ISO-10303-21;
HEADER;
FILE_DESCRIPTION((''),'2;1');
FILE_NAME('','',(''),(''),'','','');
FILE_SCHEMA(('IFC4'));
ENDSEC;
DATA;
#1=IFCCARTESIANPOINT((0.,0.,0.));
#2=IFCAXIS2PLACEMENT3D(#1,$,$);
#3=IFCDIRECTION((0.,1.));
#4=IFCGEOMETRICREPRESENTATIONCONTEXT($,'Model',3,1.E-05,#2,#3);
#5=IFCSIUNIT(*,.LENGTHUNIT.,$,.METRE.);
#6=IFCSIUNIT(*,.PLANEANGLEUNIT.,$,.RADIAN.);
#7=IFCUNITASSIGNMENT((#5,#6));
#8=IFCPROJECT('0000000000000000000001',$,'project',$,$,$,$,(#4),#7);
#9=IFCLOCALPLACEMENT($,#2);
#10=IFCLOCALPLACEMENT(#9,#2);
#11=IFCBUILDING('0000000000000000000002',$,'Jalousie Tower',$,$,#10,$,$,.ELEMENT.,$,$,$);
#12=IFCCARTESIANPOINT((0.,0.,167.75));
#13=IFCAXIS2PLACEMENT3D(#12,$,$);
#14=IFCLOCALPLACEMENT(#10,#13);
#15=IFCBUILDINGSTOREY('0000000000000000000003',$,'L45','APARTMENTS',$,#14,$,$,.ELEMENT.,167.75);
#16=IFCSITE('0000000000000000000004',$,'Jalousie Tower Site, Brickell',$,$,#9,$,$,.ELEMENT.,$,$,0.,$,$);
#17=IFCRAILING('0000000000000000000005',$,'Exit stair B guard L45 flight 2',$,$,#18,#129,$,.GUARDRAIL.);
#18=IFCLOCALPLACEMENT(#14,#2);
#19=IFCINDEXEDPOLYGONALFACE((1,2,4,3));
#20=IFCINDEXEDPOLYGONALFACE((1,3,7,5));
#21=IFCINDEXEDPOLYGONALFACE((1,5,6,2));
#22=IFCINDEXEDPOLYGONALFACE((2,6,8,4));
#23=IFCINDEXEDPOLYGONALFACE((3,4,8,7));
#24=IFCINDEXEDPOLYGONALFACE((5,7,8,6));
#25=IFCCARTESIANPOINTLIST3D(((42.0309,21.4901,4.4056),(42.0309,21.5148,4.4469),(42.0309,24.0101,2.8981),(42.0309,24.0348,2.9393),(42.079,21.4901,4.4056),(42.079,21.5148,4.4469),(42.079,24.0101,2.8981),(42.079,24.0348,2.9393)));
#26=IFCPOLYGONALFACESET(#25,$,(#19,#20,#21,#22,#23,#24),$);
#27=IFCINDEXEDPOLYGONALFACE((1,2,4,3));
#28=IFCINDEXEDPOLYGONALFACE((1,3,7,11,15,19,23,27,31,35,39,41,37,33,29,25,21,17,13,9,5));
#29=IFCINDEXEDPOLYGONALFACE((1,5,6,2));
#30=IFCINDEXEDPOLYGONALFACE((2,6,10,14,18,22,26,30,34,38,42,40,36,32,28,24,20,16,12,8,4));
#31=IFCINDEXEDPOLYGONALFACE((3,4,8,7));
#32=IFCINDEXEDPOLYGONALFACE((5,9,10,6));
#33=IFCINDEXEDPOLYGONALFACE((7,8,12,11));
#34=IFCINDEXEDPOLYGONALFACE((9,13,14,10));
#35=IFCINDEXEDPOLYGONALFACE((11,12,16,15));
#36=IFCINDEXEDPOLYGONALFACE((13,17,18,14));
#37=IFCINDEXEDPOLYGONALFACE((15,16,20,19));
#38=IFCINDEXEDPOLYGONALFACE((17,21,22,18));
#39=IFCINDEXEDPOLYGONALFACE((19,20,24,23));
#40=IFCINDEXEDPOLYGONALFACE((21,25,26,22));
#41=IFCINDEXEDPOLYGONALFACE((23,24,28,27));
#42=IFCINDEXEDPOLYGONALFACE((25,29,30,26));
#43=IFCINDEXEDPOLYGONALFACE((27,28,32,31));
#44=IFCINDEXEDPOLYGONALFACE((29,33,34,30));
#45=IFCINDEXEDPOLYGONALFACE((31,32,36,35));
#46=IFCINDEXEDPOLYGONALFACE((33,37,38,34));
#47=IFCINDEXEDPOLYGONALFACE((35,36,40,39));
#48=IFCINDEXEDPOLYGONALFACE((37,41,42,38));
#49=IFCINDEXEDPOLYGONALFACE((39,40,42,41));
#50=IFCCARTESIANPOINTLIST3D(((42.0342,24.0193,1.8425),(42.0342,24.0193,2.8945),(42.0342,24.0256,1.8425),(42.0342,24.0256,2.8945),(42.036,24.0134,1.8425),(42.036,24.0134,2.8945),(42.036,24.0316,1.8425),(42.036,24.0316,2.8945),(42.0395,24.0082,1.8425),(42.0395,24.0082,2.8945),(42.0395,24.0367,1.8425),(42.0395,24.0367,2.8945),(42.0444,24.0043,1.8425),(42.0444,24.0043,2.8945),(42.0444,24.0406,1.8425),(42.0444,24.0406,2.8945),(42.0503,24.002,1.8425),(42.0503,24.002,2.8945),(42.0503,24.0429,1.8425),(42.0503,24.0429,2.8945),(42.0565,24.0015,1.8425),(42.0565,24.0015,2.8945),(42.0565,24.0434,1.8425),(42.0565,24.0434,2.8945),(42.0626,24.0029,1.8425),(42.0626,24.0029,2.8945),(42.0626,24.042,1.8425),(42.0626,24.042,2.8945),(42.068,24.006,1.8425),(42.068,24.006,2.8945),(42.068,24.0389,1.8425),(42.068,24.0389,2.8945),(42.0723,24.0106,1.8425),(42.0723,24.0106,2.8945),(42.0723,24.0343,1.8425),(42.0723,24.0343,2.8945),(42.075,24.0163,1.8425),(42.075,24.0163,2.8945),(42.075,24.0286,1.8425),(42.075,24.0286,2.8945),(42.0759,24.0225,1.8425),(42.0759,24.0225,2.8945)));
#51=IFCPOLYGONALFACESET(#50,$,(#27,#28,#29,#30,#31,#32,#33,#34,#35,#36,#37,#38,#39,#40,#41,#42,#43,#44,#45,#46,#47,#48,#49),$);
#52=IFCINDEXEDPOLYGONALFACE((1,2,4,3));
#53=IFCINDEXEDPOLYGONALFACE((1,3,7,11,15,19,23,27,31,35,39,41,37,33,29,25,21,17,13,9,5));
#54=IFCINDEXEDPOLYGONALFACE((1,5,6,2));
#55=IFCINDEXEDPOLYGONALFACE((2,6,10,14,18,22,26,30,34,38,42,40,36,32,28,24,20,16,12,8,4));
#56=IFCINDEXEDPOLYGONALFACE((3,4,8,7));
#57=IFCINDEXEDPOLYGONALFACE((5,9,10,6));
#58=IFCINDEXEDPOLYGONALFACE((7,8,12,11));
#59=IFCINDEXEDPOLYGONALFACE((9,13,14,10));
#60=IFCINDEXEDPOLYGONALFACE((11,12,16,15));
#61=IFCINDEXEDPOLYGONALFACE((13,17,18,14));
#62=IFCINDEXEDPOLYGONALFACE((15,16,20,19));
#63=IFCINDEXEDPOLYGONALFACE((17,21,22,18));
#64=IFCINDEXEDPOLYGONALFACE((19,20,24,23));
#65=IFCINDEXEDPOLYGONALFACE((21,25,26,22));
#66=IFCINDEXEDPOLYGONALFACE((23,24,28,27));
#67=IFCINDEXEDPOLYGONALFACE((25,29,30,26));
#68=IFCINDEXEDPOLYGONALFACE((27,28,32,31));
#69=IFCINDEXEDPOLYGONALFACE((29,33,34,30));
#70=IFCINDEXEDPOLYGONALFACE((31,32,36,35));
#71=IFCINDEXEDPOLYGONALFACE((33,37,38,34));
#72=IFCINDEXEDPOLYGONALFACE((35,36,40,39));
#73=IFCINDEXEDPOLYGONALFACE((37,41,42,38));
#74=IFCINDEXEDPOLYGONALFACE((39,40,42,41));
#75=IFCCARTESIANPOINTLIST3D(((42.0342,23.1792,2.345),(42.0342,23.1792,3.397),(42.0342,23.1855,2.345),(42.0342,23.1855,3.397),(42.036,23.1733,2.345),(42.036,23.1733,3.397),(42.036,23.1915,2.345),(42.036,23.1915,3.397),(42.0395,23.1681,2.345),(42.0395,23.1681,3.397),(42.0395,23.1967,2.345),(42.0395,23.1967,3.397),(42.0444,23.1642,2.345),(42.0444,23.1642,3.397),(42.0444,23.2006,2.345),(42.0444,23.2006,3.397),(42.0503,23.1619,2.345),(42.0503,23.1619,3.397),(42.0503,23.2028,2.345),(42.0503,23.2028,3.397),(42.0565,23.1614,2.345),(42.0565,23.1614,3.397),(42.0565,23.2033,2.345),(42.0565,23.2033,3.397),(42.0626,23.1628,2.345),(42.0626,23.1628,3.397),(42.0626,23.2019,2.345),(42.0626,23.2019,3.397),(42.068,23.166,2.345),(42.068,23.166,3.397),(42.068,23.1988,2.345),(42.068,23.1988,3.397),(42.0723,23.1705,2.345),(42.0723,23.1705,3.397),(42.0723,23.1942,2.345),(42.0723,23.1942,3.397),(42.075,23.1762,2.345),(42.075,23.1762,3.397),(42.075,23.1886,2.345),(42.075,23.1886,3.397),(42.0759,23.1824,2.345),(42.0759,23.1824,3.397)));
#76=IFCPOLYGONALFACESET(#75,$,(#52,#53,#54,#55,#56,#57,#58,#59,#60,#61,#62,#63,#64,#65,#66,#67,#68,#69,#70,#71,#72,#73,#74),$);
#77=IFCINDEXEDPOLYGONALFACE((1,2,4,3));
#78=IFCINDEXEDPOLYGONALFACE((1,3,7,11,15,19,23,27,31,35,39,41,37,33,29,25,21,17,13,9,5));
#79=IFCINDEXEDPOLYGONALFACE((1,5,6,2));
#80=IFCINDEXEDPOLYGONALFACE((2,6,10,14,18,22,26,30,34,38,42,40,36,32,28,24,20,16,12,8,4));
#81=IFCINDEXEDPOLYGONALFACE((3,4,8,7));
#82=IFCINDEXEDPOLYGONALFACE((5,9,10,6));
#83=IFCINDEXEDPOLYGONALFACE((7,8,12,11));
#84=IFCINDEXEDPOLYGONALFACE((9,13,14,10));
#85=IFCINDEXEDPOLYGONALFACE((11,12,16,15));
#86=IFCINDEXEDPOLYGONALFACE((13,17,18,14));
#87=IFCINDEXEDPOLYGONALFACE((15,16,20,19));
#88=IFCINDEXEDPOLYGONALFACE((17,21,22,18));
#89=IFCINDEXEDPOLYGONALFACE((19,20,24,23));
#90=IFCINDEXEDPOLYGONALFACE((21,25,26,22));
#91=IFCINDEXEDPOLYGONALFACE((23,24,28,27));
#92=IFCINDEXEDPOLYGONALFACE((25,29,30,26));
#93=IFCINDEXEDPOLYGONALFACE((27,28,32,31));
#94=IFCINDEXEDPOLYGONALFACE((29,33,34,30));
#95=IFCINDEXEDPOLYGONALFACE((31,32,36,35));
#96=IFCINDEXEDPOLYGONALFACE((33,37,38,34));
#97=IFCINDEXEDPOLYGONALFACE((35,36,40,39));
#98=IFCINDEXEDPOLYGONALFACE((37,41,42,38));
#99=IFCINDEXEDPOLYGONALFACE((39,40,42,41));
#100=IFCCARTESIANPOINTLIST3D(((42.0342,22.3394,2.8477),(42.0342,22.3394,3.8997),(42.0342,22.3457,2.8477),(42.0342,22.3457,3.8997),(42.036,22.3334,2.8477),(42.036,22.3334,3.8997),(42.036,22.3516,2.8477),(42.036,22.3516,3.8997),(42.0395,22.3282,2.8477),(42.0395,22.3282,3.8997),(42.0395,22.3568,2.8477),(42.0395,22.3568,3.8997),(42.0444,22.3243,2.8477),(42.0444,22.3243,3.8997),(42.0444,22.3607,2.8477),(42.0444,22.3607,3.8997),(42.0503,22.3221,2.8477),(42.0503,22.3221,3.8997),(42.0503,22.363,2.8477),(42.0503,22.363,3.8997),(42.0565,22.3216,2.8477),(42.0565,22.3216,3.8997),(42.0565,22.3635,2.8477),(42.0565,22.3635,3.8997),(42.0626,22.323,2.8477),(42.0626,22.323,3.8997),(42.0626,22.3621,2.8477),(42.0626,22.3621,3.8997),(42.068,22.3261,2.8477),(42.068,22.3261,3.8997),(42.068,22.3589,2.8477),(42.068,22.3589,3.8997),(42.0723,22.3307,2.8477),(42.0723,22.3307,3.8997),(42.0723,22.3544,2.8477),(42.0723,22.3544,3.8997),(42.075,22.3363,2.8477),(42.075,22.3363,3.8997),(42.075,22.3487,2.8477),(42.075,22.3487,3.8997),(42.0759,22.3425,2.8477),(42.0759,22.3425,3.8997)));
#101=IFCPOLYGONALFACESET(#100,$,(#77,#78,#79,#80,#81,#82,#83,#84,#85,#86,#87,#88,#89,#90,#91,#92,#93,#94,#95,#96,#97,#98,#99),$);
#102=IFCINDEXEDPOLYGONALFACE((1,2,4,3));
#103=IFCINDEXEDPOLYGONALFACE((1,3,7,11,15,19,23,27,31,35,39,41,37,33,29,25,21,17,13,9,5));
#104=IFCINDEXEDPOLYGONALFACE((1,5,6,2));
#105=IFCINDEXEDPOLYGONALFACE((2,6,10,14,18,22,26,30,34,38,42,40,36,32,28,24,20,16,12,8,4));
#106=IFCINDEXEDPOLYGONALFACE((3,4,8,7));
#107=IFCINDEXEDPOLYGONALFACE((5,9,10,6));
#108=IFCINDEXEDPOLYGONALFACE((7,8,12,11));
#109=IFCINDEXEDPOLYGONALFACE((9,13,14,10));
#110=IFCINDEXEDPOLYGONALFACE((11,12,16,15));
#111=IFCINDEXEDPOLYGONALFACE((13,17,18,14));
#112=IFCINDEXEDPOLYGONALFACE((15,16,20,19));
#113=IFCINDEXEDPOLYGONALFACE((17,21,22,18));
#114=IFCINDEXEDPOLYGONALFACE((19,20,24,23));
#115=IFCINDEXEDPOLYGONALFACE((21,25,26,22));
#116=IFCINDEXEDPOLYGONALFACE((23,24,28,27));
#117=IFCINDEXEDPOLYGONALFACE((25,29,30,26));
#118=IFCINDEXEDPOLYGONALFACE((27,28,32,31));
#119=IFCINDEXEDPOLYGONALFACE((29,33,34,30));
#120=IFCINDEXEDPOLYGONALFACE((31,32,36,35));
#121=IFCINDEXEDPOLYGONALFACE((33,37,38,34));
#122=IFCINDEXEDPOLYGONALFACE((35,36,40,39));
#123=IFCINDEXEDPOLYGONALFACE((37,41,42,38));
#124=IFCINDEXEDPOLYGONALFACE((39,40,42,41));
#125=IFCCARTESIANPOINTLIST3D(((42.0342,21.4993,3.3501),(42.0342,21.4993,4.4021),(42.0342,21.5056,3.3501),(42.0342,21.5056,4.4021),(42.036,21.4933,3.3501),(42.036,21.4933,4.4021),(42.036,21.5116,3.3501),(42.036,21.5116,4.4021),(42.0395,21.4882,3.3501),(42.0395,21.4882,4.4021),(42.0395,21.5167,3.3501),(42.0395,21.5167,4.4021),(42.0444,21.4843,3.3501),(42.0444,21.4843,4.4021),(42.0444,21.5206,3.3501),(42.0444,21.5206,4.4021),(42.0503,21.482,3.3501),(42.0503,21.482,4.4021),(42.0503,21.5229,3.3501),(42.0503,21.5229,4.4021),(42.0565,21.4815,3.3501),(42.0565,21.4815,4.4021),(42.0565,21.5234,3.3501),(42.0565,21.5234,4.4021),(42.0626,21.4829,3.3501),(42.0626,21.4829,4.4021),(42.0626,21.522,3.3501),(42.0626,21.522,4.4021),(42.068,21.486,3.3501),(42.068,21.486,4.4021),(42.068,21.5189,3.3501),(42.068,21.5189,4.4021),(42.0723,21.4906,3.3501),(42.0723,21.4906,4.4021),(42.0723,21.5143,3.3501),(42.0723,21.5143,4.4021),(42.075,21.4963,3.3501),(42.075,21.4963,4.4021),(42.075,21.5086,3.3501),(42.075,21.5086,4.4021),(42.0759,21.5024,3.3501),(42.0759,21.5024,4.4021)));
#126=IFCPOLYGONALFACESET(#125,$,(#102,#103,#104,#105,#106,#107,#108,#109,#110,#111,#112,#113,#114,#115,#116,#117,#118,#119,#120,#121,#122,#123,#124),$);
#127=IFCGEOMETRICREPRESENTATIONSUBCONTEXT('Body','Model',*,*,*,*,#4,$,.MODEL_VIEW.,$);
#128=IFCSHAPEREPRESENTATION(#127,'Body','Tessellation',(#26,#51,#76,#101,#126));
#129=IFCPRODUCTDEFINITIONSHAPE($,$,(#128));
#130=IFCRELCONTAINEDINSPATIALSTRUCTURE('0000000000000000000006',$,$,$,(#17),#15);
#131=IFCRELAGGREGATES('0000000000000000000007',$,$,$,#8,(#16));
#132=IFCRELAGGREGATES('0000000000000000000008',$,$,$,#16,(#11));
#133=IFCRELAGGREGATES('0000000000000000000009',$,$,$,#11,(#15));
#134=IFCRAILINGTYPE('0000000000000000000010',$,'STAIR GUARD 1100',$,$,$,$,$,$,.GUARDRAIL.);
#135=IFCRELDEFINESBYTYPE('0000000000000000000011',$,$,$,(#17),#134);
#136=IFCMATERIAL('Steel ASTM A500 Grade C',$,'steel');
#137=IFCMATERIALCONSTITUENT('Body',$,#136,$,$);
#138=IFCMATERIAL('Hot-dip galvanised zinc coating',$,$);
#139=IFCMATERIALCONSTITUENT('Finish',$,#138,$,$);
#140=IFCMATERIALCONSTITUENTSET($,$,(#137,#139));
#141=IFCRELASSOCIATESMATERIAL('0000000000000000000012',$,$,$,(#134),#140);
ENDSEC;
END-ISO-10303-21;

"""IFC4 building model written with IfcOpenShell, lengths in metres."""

from ifc_helpers import new_model, si_unit, direction, frame, origin, origin_2d, place, context, subcontext, project, spatial, rectangle, circle, extrude, material, constituent, constituent_set, type_object, element, save


model = new_model("IFC4")

# Units and contexts
model_context = context("Model", 3, precision=1e-05, world=origin(), true_north=direction((0.0, 1.0)))
body_context = subcontext(model_context, "Body", "Model", "MODEL_VIEW")
ifc_project = project(units=[si_unit("LENGTHUNIT", "METRE"), si_unit("PLANEANGLEUNIT", "RADIAN")], contexts=[model_context])

# Site, building, storey
site_placement = place(None, origin())
site = spatial("IfcSite", under=ifc_project, at=site_placement, Name="Jalousie Tower Site, Brickell", CompositionType="ELEMENT", RefElevation=0.0)
building_placement = place(site_placement, origin())
building = spatial("IfcBuilding", under=site, at=building_placement, Name="Jalousie Tower", CompositionType="ELEMENT")
storey_placement = place(building_placement, frame((0.0, 0.0, 167.75)))
storey = spatial("IfcBuildingStorey", under=building, at=storey_placement, Name="L45", Description="APARTMENTS", CompositionType="ELEMENT", Elevation=167.75)

# Railing
ifc_material_1 = material(Name="Steel ASTM A500 Grade C", Category="steel")
ifc_constituent_1 = constituent(ifc_material_1, Name="Body")
ifc_material_2 = material(Name="Hot-dip galvanised zinc coating")
ifc_constituent_2 = constituent(ifc_material_2, Name="Finish")
ifc_constituent_set_1 = constituent_set(constituents=[ifc_constituent_1, ifc_constituent_2])
railing_type_1 = type_object("IfcRailingType", Name="STAIR GUARD 1100", PredefinedType="GUARDRAIL", material=ifc_constituent_set_1)
railing_1_placement = place(storey_placement, frame((42.0549, 24.0225, 1.8425)))
element("IfcRailing", 1, at=railing_1_placement, inside=storey, type_object=railing_type_1, Name="Exit stair B guard L45 flight 2", PredefinedType="GUARDRAIL", context=body_context, shape_type="SweptSolid", body=[
    extrude(rectangle(XDim=0.0481, YDim=0.0481, at=origin_2d()), frame((0.0, 0.0, 1.0762), z_axis=(0.0, -0.85816, 0.513383), x_axis=(1.0, 0.0, 0.0)), (0.0, 0.0, 1.0), 2.9365),
    extrude(circle(Radius=0.021, at=origin_2d()), origin(), (0.0, 0.0, 1.0), 1.052),
    extrude(circle(Radius=0.021, at=origin_2d()), frame((0.0, -0.8401, 0.5024)), (0.0, 0.0, 1.0), 1.052),
    extrude(circle(Radius=0.021, at=origin_2d()), frame((0.0, -1.6799, 1.0051)), (0.0, 0.0, 1.0), 1.052),
    extrude(circle(Radius=0.021, at=origin_2d()), frame((0.0, -2.52, 1.5076)), (0.0, 0.0, 1.0), 1.052),
])

save(model, "model.ifc")
